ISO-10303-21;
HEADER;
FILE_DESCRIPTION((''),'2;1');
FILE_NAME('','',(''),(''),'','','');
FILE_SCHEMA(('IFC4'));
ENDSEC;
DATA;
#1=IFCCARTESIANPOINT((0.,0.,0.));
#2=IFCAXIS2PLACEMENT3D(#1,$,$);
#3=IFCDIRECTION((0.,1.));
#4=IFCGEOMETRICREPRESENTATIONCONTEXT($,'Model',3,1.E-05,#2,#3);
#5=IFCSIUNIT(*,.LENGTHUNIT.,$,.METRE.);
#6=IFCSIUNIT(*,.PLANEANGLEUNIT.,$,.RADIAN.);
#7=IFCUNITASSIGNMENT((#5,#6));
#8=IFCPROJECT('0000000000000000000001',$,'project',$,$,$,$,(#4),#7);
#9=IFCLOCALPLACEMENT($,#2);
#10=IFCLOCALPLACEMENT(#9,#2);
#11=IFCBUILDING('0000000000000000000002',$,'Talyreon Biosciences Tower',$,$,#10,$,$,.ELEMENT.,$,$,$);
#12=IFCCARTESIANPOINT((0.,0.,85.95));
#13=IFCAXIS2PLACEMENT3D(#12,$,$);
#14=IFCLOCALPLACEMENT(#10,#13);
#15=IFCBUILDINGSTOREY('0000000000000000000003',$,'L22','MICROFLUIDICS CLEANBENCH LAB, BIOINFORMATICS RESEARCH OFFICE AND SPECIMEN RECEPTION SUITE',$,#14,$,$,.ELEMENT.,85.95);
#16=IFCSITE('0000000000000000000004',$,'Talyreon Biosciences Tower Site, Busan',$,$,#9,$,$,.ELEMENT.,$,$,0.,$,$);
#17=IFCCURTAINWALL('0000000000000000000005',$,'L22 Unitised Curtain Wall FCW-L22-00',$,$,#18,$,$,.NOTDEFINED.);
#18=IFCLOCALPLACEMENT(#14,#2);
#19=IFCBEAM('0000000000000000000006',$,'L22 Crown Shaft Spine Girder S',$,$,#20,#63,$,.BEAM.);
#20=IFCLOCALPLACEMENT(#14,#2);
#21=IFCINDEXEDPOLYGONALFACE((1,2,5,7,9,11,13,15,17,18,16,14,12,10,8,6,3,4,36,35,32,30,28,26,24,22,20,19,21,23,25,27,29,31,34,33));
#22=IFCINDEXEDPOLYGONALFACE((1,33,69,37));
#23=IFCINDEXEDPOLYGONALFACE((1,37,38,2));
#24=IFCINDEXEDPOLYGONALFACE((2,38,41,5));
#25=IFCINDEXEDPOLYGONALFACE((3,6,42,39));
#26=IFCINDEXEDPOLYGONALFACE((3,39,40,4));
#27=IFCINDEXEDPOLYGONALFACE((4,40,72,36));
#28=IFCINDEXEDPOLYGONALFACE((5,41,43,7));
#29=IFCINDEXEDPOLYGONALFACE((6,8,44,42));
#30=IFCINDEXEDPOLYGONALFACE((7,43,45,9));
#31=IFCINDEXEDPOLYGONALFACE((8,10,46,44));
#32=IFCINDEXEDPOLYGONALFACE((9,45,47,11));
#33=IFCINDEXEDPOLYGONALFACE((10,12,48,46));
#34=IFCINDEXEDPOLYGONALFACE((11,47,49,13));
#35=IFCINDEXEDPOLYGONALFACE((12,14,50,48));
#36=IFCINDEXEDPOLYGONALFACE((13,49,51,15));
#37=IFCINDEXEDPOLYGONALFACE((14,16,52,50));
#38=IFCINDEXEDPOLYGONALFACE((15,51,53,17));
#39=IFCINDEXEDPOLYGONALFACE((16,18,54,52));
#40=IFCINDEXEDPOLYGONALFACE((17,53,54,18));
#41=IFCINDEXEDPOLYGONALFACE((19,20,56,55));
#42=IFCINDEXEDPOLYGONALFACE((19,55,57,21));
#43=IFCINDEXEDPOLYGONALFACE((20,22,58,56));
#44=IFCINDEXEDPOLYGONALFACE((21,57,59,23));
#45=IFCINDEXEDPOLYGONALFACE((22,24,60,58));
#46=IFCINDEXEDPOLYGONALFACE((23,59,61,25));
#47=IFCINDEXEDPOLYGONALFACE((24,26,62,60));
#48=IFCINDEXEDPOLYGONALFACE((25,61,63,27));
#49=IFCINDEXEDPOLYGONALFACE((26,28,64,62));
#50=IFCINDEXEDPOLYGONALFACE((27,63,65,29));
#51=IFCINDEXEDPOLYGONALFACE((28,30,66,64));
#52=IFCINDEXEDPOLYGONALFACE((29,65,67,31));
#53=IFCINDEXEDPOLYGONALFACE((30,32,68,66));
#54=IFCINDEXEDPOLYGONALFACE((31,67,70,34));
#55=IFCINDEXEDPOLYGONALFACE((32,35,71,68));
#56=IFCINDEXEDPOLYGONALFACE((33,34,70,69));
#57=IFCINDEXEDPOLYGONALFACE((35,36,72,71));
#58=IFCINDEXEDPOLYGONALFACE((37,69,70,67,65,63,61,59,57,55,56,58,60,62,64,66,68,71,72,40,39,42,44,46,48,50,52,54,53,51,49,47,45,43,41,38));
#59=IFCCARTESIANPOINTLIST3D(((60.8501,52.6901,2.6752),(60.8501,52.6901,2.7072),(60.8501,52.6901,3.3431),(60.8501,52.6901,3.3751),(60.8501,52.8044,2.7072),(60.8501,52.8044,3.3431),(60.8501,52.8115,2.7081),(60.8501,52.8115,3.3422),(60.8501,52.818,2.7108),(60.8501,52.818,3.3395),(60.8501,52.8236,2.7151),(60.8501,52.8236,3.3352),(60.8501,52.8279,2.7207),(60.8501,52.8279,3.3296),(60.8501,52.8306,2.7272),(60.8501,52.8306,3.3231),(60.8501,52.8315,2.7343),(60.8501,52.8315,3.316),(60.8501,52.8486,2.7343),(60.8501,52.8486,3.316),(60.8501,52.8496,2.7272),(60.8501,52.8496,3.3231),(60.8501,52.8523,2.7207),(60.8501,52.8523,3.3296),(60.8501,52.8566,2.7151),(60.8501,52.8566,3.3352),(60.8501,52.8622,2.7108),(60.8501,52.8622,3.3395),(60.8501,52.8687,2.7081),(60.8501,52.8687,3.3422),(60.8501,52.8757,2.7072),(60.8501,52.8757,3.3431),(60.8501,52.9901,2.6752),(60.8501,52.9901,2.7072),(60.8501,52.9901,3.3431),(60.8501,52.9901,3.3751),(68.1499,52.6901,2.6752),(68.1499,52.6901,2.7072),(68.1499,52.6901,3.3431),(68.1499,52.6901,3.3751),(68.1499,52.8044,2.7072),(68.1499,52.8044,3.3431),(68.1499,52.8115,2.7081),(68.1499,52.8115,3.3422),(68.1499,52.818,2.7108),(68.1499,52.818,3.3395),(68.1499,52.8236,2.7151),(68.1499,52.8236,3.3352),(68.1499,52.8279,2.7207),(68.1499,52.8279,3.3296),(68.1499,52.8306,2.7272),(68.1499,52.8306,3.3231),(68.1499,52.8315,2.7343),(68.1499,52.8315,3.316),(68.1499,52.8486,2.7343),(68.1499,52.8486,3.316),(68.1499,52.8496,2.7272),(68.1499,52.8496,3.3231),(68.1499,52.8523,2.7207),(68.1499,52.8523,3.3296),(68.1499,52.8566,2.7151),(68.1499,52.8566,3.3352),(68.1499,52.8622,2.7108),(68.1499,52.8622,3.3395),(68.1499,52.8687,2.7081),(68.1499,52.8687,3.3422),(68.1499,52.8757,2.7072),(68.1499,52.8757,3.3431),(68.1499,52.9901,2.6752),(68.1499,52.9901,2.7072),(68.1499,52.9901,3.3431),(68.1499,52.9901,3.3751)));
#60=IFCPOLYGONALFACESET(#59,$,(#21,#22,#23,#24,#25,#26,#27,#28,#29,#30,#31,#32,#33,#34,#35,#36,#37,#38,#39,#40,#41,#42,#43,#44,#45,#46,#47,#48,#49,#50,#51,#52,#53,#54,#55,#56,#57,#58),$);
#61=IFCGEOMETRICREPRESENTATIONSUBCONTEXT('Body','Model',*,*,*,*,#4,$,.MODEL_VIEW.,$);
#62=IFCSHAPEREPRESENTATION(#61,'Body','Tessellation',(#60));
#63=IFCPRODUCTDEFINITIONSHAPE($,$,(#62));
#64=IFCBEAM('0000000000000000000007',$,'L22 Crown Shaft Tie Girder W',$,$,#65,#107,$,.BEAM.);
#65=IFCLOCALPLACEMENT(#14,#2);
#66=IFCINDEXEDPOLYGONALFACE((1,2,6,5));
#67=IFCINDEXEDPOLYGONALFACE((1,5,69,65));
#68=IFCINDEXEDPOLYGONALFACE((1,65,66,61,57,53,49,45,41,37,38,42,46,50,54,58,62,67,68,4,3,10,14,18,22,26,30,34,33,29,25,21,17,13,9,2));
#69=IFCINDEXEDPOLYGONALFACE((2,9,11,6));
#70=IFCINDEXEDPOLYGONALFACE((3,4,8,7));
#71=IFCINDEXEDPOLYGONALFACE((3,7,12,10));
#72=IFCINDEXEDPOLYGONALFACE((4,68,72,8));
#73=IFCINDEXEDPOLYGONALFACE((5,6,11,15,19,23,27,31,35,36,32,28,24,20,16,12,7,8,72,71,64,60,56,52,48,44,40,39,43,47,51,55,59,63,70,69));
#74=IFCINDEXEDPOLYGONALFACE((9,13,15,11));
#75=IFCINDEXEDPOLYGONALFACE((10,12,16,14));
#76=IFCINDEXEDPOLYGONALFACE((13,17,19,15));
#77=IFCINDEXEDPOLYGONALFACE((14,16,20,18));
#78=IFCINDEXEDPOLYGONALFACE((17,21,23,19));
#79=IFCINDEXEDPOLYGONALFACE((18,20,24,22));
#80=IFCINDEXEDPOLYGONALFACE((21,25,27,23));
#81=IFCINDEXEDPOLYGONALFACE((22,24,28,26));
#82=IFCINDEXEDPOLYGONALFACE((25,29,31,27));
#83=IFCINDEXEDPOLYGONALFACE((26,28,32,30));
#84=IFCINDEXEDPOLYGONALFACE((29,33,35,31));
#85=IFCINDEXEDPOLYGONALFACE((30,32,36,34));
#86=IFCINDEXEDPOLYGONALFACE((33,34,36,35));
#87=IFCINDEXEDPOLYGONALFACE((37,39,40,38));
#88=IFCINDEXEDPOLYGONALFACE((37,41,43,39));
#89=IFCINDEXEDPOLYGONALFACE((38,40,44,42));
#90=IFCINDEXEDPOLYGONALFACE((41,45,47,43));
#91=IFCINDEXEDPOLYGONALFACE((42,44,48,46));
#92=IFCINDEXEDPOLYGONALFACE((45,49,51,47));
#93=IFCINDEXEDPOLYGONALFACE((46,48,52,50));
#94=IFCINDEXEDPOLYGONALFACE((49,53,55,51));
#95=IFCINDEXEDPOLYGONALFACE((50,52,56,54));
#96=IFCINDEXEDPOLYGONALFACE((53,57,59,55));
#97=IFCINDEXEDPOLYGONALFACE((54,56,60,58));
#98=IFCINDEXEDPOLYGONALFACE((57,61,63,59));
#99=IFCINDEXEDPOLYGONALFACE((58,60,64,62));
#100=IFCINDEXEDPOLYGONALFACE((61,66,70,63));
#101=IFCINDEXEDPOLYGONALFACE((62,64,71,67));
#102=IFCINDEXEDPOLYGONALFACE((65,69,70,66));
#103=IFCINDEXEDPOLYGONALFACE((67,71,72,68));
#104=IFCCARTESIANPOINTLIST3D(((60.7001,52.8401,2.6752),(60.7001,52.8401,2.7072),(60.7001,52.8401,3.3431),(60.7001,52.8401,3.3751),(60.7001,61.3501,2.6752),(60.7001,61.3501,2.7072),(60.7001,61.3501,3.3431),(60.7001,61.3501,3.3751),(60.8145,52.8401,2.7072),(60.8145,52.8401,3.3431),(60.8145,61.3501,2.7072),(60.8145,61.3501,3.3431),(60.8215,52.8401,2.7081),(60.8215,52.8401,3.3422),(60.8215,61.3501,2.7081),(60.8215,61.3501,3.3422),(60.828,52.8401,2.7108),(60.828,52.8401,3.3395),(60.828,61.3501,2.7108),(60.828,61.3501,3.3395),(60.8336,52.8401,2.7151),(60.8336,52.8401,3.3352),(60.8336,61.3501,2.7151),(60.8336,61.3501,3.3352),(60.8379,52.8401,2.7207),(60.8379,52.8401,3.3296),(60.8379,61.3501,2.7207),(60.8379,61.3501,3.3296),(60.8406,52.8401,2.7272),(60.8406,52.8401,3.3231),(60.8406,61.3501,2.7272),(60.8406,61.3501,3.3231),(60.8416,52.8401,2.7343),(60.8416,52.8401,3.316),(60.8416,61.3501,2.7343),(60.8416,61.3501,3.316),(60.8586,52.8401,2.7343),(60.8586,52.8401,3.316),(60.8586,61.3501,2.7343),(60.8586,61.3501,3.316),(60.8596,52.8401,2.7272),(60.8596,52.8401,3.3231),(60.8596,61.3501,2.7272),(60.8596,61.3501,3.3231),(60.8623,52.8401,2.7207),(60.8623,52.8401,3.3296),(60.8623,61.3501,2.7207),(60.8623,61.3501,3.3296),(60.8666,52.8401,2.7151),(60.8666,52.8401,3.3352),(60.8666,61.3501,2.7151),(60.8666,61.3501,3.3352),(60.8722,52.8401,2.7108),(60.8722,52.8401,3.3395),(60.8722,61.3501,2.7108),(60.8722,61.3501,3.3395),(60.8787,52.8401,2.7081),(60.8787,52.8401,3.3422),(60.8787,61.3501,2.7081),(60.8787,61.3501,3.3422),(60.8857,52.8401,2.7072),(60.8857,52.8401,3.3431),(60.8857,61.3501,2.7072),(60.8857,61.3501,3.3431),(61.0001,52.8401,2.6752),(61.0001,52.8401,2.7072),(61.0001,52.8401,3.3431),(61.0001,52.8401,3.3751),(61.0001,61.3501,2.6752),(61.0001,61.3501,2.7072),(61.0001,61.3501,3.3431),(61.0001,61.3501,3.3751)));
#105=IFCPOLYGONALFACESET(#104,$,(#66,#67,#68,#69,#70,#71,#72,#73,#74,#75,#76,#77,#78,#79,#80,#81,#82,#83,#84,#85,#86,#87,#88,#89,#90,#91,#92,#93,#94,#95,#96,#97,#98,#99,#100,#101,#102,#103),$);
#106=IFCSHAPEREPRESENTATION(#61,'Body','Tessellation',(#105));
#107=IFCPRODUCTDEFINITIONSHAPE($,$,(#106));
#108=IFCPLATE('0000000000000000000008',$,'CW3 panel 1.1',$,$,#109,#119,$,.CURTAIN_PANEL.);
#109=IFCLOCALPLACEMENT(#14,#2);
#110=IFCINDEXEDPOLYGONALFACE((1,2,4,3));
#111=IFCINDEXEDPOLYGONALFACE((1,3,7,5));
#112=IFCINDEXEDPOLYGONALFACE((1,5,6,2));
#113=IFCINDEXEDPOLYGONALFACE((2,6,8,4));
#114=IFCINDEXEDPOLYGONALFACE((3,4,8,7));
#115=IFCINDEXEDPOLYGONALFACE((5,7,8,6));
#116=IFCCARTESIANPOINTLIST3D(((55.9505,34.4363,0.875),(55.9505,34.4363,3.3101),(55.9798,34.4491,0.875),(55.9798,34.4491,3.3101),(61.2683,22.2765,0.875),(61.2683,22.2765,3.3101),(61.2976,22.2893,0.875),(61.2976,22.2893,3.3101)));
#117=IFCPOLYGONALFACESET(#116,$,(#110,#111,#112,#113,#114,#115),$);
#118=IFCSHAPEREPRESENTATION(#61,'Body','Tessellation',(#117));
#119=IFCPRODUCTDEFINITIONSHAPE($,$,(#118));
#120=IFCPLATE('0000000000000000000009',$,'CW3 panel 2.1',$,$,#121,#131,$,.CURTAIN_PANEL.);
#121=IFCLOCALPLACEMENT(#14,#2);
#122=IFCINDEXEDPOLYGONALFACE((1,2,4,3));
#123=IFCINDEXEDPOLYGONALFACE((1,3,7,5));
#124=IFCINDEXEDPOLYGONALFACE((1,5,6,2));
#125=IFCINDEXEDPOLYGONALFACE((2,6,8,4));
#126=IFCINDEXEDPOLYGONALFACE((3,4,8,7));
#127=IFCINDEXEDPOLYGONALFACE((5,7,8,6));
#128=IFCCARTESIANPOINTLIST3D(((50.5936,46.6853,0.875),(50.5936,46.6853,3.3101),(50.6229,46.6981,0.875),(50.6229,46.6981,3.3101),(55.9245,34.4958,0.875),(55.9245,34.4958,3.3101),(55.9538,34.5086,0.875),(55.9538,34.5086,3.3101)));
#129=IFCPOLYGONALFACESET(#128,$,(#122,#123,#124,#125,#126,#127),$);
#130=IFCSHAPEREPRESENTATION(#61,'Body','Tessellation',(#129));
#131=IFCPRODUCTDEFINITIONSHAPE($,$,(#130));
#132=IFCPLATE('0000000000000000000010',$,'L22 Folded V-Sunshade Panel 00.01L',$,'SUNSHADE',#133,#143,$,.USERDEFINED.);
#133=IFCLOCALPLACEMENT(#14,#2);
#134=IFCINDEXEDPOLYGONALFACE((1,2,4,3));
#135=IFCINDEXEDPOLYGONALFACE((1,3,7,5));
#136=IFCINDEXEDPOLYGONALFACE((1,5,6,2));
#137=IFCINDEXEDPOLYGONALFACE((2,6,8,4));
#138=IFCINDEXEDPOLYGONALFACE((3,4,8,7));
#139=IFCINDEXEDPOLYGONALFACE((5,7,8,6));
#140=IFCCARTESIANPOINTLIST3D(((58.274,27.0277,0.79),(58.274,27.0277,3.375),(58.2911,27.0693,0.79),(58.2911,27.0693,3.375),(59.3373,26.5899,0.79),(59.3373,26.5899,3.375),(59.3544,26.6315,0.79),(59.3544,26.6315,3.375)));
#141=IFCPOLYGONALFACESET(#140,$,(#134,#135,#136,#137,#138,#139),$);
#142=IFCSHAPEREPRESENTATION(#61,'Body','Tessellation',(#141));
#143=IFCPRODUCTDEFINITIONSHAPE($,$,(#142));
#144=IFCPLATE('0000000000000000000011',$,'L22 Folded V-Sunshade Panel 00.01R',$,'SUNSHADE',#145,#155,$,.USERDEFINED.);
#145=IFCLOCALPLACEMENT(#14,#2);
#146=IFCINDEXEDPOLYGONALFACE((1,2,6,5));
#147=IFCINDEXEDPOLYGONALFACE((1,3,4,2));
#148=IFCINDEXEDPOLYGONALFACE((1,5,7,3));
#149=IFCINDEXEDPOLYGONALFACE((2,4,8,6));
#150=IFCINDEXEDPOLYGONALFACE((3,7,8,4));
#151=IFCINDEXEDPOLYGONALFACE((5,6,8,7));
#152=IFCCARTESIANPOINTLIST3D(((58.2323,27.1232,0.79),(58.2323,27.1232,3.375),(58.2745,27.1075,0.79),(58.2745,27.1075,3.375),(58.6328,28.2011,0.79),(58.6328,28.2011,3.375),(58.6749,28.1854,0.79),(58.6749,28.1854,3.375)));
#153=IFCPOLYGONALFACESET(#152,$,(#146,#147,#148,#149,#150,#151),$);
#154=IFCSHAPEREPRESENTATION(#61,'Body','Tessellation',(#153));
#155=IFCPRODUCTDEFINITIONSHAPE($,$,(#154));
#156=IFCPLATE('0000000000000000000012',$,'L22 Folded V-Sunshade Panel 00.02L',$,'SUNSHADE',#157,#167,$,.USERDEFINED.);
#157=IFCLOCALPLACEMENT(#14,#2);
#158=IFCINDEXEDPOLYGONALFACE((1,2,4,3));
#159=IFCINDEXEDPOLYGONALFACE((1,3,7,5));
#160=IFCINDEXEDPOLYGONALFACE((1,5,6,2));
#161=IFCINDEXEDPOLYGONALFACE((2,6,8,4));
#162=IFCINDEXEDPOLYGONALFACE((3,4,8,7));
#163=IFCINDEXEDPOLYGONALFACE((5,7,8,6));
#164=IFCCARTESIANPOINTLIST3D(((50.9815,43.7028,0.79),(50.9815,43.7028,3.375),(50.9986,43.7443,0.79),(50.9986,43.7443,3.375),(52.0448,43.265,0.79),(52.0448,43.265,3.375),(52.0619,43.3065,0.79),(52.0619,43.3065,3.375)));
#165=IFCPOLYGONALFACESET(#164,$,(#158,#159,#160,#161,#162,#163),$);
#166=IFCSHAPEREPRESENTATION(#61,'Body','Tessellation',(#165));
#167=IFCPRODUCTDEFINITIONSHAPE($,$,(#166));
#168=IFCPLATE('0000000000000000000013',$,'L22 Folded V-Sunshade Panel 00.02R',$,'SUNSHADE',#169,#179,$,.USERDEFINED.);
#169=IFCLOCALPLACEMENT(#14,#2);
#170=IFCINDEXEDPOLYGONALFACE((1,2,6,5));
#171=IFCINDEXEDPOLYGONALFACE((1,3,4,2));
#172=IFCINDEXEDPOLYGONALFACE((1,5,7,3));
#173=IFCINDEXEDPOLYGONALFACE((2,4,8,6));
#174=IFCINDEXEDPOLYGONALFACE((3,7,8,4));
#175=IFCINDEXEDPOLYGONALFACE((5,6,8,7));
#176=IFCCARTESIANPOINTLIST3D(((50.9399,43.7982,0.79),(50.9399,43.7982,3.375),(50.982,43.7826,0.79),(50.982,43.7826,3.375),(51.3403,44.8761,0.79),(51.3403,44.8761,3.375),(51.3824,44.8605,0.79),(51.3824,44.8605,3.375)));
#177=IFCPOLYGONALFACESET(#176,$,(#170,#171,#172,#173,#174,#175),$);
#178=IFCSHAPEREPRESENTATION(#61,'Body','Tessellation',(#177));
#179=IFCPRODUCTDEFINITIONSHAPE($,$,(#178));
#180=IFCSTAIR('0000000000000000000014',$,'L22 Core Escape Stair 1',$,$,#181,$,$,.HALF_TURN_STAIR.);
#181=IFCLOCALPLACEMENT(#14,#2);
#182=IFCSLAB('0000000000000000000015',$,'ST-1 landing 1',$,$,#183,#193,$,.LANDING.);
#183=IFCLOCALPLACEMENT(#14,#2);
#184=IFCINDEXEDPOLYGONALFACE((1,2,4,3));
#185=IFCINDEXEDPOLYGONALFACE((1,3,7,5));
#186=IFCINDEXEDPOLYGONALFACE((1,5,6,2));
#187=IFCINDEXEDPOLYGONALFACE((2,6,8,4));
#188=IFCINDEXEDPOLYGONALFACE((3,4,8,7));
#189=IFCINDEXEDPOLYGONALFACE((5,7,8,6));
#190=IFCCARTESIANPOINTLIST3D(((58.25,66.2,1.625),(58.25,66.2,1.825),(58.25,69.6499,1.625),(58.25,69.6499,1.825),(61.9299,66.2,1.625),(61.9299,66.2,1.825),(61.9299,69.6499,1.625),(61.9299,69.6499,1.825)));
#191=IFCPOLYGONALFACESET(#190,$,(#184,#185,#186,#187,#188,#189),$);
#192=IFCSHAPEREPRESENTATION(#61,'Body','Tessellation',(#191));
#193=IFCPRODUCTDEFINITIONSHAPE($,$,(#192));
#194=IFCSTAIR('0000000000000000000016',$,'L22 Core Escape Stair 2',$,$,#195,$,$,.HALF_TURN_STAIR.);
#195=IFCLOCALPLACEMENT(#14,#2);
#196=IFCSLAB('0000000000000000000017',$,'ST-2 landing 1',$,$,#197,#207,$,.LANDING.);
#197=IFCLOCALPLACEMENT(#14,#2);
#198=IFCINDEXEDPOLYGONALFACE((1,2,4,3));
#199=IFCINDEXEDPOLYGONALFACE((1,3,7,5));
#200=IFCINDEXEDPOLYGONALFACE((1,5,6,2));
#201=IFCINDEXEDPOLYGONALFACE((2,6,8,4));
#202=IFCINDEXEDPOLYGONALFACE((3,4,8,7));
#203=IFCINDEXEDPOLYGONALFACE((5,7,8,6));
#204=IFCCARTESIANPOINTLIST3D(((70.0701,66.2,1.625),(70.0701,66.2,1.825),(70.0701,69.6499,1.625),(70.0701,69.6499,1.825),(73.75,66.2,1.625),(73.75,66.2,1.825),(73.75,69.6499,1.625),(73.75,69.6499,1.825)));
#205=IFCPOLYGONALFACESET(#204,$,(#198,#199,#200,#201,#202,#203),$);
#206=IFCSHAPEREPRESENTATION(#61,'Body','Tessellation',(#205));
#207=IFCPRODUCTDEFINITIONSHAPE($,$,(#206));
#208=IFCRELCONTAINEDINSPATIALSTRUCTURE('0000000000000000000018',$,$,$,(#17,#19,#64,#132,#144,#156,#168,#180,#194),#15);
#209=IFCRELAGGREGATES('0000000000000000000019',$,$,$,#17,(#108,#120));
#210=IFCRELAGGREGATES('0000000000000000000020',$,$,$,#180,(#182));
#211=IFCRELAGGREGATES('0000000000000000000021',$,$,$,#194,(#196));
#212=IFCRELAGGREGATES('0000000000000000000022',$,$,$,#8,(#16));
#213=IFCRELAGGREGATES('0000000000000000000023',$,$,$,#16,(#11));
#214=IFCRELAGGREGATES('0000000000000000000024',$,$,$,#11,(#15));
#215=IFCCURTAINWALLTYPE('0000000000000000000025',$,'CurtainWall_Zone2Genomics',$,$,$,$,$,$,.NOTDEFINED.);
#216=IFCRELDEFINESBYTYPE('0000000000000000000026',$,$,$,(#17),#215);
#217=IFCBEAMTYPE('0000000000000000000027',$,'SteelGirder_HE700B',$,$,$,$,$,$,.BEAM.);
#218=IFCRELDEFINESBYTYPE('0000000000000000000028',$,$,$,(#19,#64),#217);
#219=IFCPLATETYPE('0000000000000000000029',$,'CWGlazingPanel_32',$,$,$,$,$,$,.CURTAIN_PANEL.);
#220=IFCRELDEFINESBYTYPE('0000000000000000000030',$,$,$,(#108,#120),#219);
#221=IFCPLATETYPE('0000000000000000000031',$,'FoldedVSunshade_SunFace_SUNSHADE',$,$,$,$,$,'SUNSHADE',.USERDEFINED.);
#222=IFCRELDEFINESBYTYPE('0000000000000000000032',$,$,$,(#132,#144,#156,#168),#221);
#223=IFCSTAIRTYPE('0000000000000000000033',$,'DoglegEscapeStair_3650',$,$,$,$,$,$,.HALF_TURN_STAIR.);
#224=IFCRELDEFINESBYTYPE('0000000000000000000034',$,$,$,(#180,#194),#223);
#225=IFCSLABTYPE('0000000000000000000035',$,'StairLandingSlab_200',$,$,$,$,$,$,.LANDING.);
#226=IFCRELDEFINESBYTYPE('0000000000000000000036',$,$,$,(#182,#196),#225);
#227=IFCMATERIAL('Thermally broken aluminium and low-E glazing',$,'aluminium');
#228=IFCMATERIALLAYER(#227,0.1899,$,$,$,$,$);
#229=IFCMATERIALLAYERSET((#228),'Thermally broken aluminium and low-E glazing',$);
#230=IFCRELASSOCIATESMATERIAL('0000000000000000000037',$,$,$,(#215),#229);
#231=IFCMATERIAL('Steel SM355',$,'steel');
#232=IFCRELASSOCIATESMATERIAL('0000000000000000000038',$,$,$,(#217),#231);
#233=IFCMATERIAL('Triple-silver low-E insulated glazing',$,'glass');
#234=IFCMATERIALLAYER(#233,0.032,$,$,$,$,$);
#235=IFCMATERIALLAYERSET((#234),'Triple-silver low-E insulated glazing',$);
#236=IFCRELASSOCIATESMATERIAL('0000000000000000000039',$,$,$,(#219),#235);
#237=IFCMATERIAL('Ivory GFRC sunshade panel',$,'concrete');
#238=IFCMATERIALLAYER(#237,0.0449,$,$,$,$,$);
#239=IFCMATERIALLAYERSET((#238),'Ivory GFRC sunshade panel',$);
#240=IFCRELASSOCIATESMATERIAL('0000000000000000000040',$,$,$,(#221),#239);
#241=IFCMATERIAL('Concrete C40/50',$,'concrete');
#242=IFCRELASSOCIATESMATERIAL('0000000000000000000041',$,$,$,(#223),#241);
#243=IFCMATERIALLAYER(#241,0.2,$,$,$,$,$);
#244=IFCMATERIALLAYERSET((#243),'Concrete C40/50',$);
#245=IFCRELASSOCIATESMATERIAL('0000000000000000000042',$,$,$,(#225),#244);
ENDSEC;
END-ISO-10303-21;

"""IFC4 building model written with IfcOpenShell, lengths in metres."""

from ifc_helpers import new_model, si_unit, direction, frame, origin, origin_2d, place, context, subcontext, project, spatial, polyline, rectangle, i_section, outline, extrude, material, layer, layer_set, material_profile, profile_set, type_object, element, aggregate, save


model = new_model("IFC4")

# Units and contexts
model_context = context("Model", 3, precision=1e-05, world=origin(), true_north=direction((0.0, 1.0)))
body_context = subcontext(model_context, "Body", "Model", "MODEL_VIEW")
ifc_project = project(units=[si_unit("LENGTHUNIT", "METRE"), si_unit("PLANEANGLEUNIT", "RADIAN")], contexts=[model_context])

# Site, building, storey
site_placement = place(None, origin())
site = spatial("IfcSite", under=ifc_project, at=site_placement, Name="Talyreon Biosciences Tower Site, Busan", CompositionType="ELEMENT", RefElevation=0.0)
building_placement = place(site_placement, origin())
building = spatial("IfcBuilding", under=site, at=building_placement, Name="Talyreon Biosciences Tower", CompositionType="ELEMENT")
storey_placement = place(building_placement, frame((0.0, 0.0, 85.95)))
storey = spatial("IfcBuildingStorey", under=building, at=storey_placement, Name="L22", Description="MICROFLUIDICS CLEANBENCH LAB, BIOINFORMATICS RESEARCH OFFICE AND SPECIMEN RECEPTION SUITE", CompositionType="ELEMENT", Elevation=85.95)

# Curtain wall
ifc_material_1 = material(Name="Thermally broken aluminium and low-E glazing", Category="aluminium")
ifc_layer_1 = layer(ifc_material_1, 0.1899)
ifc_layer_set_1 = layer_set([ifc_layer_1], Name="Thermally broken aluminium and low-E glazing")
curtain_wall_type = type_object("IfcCurtainWallType", Name="CurtainWall_Zone2Genomics", PredefinedType="NOTDEFINED", material=ifc_layer_set_1)
curtain_wall_placement = place(storey_placement, origin())
curtain_wall = element("IfcCurtainWall", 1, at=curtain_wall_placement, inside=storey, type_object=curtain_wall_type, Name="L22 Unitised Curtain Wall FCW-L22-00", PredefinedType="NOTDEFINED")

# Beams
ifc_material_2 = material(Name="Steel SM355", Category="steel")
ifc_material_profile_1 = material_profile(ifc_material_2, i_section(OverallWidth=0.3, OverallDepth=0.7, WebThickness=0.0171, FlangeThickness=0.032, FilletRadius=0.0271, at=origin_2d()), Name="HE700B")
ifc_profile_set_1 = profile_set([ifc_material_profile_1], Name="Steel SM355")
beam_type_1 = type_object("IfcBeamType", Name="SteelGirder_HE700B", PredefinedType="BEAM", material=ifc_profile_set_1)
beam_1_placement = place(storey_placement, frame((60.8501, 52.8401, 3.0251), z_axis=(1.0, 0.0, 0.0), x_axis=(0.0, 1.0, 0.0)))
element("IfcBeam", 2, at=beam_1_placement, inside=storey, type_object=beam_type_1, Name="L22 Crown Shaft Spine Girder S", PredefinedType="BEAM", context=body_context, shape_type="SweptSolid", body=[
    extrude(i_section(OverallWidth=0.3, OverallDepth=0.7, WebThickness=0.0171, FlangeThickness=0.032, FilletRadius=0.0271, at=origin_2d()), origin(), (0.0, 0.0, 1.0), 7.2998),
])
beam_2_placement = place(storey_placement, frame((60.8501, 52.8401, 3.0251), z_axis=(0.0, 1.0, 0.0), x_axis=(-1.0, 0.0, 0.0)))
element("IfcBeam", 3, at=beam_2_placement, inside=storey, type_object=beam_type_1, Name="L22 Crown Shaft Tie Girder W", PredefinedType="BEAM", context=body_context, shape_type="SweptSolid", body=[
    extrude(i_section(OverallWidth=0.3, OverallDepth=0.7, WebThickness=0.0171, FlangeThickness=0.032, FilletRadius=0.0271, at=origin_2d()), origin(), (0.0, 0.0, 1.0), 8.51),
])

# Plates
ifc_material_3 = material(Name="Triple-silver low-E insulated glazing", Category="glass")
ifc_layer_2 = layer(ifc_material_3, 0.032)
ifc_layer_set_2 = layer_set([ifc_layer_2], Name="Triple-silver low-E insulated glazing")
plate_type_1 = type_object("IfcPlateType", Name="CWGlazingPanel_32", PredefinedType="CURTAIN_PANEL", material=ifc_layer_set_2)
plate_1_placement = place(storey_placement, frame((58.624, 28.3628, 0.875), z_axis=(0.0, 0.0, 1.0), x_axis=(-0.400689, 0.916214, 0.0)))
plate_1 = element("IfcPlate", 4, at=plate_1_placement, type_object=plate_type_1, Name="CW3 panel 1.1", PredefinedType="CURTAIN_PANEL", context=body_context, shape_type="SweptSolid", body=[
    extrude(rectangle(XDim=13.2717, YDim=0.032, at=origin_2d()), origin(), (0.0, 0.0, 1.0), 2.4351),
])
plate_2_placement = place(storey_placement, frame((53.2737, 40.5969, 0.875), z_axis=(0.0, 0.0, 1.0), x_axis=(-0.400689, 0.916214, 0.0)))
plate_2 = element("IfcPlate", 5, at=plate_2_placement, type_object=plate_type_1, Name="CW3 panel 2.1", PredefinedType="CURTAIN_PANEL", context=body_context, shape_type="SweptSolid", body=[
    extrude(rectangle(XDim=13.3042, YDim=0.032, at=origin_2d()), origin(), (0.0, 0.0, 1.0), 2.4351),
])
aggregate(curtain_wall, [plate_1, plate_2])

# Plates
ifc_material_4 = material(Name="Ivory GFRC sunshade panel", Category="concrete")
ifc_layer_3 = layer(ifc_material_4, 0.0449)
ifc_layer_set_3 = layer_set([ifc_layer_3], Name="Ivory GFRC sunshade panel")
plate_type_2 = type_object("IfcPlateType", Name="FoldedVSunshade_SunFace_SUNSHADE", ElementType="SUNSHADE", PredefinedType="USERDEFINED", material=ifc_layer_set_3)
for number, where, z_axis, x_axis, name in (
    (6, (58.8142, 26.8296, 0.79), (0.0, 0.0, 1.0), (-0.924686, 0.380731, 0.0), "L22 Folded V-Sunshade Panel 00.01L"),
    (7, (58.4536, 27.6543, 0.79), (0.0, 0.0, 1.0), (0.348228, 0.93741, 0.0), "L22 Folded V-Sunshade Panel 00.01R"),
    (8, (51.5217, 43.5046, 0.79), (0.0, 0.0, 1.0), (-0.924686, 0.380731, 0.0), "L22 Folded V-Sunshade Panel 00.02L"),
    (9, (51.1611, 44.3293, 0.79), (0.0, 0.0, 1.0), (0.348228, 0.93741, 0.0), "L22 Folded V-Sunshade Panel 00.02R"),
):
    element("IfcPlate", number, at=place(storey_placement, frame(where, z_axis=z_axis, x_axis=x_axis)), inside=storey, type_object=plate_type_2, Name=name, ObjectType="SUNSHADE", PredefinedType="USERDEFINED", context=body_context, shape_type="SweptSolid", body=[
        extrude(rectangle(XDim=1.1499, YDim=0.0449, at=origin_2d()), origin(), (0.0, 0.0, 1.0), 2.585),
    ])

# Stairs, slabs
ifc_material_5 = material(Name="Concrete C40/50", Category="concrete")
stair_type = type_object("IfcStairType", Name="DoglegEscapeStair_3650", PredefinedType="HALF_TURN_STAIR", material=ifc_material_5)
stair_1_placement = place(storey_placement, origin())
stair_1 = element("IfcStair", 10, at=stair_1_placement, inside=storey, type_object=stair_type, Name="L22 Core Escape Stair 1", PredefinedType="HALF_TURN_STAIR")
ifc_layer_4 = layer(ifc_material_5, 0.2)
ifc_layer_set_4 = layer_set([ifc_layer_4], Name="Concrete C40/50")
slab_type_1 = type_object("IfcSlabType", Name="StairLandingSlab_200", PredefinedType="LANDING", material=ifc_layer_set_4)
slab_1_placement = place(storey_placement, frame((0.0, 0.0, 1.625)))
slab_1 = element("IfcSlab", 11, at=slab_1_placement, type_object=slab_type_1, Name="ST-1 landing 1", PredefinedType="LANDING", context=body_context, shape_type="SweptSolid", body=[
    extrude(outline(polyline([(61.9299, 66.2), (61.9299, 69.6499), (58.25, 69.6499), (58.25, 66.2), (61.9299, 66.2)])), origin(), (0.0, 0.0, 1.0), 0.2),
])
aggregate(stair_1, [slab_1])
stair_2_placement = place(storey_placement, origin())
stair_2 = element("IfcStair", 12, at=stair_2_placement, inside=storey, type_object=stair_type, Name="L22 Core Escape Stair 2", PredefinedType="HALF_TURN_STAIR")
slab_2_placement = place(storey_placement, frame((0.0, 0.0, 1.625)))
slab_2 = element("IfcSlab", 13, at=slab_2_placement, type_object=slab_type_1, Name="ST-2 landing 1", PredefinedType="LANDING", context=body_context, shape_type="SweptSolid", body=[
    extrude(outline(polyline([(73.75, 66.2), (73.75, 69.6499), (70.0701, 69.6499), (70.0701, 66.2), (73.75, 66.2)])), origin(), (0.0, 0.0, 1.0), 0.2),
])
aggregate(stair_2, [slab_2])

save(model, "model.ifc")
